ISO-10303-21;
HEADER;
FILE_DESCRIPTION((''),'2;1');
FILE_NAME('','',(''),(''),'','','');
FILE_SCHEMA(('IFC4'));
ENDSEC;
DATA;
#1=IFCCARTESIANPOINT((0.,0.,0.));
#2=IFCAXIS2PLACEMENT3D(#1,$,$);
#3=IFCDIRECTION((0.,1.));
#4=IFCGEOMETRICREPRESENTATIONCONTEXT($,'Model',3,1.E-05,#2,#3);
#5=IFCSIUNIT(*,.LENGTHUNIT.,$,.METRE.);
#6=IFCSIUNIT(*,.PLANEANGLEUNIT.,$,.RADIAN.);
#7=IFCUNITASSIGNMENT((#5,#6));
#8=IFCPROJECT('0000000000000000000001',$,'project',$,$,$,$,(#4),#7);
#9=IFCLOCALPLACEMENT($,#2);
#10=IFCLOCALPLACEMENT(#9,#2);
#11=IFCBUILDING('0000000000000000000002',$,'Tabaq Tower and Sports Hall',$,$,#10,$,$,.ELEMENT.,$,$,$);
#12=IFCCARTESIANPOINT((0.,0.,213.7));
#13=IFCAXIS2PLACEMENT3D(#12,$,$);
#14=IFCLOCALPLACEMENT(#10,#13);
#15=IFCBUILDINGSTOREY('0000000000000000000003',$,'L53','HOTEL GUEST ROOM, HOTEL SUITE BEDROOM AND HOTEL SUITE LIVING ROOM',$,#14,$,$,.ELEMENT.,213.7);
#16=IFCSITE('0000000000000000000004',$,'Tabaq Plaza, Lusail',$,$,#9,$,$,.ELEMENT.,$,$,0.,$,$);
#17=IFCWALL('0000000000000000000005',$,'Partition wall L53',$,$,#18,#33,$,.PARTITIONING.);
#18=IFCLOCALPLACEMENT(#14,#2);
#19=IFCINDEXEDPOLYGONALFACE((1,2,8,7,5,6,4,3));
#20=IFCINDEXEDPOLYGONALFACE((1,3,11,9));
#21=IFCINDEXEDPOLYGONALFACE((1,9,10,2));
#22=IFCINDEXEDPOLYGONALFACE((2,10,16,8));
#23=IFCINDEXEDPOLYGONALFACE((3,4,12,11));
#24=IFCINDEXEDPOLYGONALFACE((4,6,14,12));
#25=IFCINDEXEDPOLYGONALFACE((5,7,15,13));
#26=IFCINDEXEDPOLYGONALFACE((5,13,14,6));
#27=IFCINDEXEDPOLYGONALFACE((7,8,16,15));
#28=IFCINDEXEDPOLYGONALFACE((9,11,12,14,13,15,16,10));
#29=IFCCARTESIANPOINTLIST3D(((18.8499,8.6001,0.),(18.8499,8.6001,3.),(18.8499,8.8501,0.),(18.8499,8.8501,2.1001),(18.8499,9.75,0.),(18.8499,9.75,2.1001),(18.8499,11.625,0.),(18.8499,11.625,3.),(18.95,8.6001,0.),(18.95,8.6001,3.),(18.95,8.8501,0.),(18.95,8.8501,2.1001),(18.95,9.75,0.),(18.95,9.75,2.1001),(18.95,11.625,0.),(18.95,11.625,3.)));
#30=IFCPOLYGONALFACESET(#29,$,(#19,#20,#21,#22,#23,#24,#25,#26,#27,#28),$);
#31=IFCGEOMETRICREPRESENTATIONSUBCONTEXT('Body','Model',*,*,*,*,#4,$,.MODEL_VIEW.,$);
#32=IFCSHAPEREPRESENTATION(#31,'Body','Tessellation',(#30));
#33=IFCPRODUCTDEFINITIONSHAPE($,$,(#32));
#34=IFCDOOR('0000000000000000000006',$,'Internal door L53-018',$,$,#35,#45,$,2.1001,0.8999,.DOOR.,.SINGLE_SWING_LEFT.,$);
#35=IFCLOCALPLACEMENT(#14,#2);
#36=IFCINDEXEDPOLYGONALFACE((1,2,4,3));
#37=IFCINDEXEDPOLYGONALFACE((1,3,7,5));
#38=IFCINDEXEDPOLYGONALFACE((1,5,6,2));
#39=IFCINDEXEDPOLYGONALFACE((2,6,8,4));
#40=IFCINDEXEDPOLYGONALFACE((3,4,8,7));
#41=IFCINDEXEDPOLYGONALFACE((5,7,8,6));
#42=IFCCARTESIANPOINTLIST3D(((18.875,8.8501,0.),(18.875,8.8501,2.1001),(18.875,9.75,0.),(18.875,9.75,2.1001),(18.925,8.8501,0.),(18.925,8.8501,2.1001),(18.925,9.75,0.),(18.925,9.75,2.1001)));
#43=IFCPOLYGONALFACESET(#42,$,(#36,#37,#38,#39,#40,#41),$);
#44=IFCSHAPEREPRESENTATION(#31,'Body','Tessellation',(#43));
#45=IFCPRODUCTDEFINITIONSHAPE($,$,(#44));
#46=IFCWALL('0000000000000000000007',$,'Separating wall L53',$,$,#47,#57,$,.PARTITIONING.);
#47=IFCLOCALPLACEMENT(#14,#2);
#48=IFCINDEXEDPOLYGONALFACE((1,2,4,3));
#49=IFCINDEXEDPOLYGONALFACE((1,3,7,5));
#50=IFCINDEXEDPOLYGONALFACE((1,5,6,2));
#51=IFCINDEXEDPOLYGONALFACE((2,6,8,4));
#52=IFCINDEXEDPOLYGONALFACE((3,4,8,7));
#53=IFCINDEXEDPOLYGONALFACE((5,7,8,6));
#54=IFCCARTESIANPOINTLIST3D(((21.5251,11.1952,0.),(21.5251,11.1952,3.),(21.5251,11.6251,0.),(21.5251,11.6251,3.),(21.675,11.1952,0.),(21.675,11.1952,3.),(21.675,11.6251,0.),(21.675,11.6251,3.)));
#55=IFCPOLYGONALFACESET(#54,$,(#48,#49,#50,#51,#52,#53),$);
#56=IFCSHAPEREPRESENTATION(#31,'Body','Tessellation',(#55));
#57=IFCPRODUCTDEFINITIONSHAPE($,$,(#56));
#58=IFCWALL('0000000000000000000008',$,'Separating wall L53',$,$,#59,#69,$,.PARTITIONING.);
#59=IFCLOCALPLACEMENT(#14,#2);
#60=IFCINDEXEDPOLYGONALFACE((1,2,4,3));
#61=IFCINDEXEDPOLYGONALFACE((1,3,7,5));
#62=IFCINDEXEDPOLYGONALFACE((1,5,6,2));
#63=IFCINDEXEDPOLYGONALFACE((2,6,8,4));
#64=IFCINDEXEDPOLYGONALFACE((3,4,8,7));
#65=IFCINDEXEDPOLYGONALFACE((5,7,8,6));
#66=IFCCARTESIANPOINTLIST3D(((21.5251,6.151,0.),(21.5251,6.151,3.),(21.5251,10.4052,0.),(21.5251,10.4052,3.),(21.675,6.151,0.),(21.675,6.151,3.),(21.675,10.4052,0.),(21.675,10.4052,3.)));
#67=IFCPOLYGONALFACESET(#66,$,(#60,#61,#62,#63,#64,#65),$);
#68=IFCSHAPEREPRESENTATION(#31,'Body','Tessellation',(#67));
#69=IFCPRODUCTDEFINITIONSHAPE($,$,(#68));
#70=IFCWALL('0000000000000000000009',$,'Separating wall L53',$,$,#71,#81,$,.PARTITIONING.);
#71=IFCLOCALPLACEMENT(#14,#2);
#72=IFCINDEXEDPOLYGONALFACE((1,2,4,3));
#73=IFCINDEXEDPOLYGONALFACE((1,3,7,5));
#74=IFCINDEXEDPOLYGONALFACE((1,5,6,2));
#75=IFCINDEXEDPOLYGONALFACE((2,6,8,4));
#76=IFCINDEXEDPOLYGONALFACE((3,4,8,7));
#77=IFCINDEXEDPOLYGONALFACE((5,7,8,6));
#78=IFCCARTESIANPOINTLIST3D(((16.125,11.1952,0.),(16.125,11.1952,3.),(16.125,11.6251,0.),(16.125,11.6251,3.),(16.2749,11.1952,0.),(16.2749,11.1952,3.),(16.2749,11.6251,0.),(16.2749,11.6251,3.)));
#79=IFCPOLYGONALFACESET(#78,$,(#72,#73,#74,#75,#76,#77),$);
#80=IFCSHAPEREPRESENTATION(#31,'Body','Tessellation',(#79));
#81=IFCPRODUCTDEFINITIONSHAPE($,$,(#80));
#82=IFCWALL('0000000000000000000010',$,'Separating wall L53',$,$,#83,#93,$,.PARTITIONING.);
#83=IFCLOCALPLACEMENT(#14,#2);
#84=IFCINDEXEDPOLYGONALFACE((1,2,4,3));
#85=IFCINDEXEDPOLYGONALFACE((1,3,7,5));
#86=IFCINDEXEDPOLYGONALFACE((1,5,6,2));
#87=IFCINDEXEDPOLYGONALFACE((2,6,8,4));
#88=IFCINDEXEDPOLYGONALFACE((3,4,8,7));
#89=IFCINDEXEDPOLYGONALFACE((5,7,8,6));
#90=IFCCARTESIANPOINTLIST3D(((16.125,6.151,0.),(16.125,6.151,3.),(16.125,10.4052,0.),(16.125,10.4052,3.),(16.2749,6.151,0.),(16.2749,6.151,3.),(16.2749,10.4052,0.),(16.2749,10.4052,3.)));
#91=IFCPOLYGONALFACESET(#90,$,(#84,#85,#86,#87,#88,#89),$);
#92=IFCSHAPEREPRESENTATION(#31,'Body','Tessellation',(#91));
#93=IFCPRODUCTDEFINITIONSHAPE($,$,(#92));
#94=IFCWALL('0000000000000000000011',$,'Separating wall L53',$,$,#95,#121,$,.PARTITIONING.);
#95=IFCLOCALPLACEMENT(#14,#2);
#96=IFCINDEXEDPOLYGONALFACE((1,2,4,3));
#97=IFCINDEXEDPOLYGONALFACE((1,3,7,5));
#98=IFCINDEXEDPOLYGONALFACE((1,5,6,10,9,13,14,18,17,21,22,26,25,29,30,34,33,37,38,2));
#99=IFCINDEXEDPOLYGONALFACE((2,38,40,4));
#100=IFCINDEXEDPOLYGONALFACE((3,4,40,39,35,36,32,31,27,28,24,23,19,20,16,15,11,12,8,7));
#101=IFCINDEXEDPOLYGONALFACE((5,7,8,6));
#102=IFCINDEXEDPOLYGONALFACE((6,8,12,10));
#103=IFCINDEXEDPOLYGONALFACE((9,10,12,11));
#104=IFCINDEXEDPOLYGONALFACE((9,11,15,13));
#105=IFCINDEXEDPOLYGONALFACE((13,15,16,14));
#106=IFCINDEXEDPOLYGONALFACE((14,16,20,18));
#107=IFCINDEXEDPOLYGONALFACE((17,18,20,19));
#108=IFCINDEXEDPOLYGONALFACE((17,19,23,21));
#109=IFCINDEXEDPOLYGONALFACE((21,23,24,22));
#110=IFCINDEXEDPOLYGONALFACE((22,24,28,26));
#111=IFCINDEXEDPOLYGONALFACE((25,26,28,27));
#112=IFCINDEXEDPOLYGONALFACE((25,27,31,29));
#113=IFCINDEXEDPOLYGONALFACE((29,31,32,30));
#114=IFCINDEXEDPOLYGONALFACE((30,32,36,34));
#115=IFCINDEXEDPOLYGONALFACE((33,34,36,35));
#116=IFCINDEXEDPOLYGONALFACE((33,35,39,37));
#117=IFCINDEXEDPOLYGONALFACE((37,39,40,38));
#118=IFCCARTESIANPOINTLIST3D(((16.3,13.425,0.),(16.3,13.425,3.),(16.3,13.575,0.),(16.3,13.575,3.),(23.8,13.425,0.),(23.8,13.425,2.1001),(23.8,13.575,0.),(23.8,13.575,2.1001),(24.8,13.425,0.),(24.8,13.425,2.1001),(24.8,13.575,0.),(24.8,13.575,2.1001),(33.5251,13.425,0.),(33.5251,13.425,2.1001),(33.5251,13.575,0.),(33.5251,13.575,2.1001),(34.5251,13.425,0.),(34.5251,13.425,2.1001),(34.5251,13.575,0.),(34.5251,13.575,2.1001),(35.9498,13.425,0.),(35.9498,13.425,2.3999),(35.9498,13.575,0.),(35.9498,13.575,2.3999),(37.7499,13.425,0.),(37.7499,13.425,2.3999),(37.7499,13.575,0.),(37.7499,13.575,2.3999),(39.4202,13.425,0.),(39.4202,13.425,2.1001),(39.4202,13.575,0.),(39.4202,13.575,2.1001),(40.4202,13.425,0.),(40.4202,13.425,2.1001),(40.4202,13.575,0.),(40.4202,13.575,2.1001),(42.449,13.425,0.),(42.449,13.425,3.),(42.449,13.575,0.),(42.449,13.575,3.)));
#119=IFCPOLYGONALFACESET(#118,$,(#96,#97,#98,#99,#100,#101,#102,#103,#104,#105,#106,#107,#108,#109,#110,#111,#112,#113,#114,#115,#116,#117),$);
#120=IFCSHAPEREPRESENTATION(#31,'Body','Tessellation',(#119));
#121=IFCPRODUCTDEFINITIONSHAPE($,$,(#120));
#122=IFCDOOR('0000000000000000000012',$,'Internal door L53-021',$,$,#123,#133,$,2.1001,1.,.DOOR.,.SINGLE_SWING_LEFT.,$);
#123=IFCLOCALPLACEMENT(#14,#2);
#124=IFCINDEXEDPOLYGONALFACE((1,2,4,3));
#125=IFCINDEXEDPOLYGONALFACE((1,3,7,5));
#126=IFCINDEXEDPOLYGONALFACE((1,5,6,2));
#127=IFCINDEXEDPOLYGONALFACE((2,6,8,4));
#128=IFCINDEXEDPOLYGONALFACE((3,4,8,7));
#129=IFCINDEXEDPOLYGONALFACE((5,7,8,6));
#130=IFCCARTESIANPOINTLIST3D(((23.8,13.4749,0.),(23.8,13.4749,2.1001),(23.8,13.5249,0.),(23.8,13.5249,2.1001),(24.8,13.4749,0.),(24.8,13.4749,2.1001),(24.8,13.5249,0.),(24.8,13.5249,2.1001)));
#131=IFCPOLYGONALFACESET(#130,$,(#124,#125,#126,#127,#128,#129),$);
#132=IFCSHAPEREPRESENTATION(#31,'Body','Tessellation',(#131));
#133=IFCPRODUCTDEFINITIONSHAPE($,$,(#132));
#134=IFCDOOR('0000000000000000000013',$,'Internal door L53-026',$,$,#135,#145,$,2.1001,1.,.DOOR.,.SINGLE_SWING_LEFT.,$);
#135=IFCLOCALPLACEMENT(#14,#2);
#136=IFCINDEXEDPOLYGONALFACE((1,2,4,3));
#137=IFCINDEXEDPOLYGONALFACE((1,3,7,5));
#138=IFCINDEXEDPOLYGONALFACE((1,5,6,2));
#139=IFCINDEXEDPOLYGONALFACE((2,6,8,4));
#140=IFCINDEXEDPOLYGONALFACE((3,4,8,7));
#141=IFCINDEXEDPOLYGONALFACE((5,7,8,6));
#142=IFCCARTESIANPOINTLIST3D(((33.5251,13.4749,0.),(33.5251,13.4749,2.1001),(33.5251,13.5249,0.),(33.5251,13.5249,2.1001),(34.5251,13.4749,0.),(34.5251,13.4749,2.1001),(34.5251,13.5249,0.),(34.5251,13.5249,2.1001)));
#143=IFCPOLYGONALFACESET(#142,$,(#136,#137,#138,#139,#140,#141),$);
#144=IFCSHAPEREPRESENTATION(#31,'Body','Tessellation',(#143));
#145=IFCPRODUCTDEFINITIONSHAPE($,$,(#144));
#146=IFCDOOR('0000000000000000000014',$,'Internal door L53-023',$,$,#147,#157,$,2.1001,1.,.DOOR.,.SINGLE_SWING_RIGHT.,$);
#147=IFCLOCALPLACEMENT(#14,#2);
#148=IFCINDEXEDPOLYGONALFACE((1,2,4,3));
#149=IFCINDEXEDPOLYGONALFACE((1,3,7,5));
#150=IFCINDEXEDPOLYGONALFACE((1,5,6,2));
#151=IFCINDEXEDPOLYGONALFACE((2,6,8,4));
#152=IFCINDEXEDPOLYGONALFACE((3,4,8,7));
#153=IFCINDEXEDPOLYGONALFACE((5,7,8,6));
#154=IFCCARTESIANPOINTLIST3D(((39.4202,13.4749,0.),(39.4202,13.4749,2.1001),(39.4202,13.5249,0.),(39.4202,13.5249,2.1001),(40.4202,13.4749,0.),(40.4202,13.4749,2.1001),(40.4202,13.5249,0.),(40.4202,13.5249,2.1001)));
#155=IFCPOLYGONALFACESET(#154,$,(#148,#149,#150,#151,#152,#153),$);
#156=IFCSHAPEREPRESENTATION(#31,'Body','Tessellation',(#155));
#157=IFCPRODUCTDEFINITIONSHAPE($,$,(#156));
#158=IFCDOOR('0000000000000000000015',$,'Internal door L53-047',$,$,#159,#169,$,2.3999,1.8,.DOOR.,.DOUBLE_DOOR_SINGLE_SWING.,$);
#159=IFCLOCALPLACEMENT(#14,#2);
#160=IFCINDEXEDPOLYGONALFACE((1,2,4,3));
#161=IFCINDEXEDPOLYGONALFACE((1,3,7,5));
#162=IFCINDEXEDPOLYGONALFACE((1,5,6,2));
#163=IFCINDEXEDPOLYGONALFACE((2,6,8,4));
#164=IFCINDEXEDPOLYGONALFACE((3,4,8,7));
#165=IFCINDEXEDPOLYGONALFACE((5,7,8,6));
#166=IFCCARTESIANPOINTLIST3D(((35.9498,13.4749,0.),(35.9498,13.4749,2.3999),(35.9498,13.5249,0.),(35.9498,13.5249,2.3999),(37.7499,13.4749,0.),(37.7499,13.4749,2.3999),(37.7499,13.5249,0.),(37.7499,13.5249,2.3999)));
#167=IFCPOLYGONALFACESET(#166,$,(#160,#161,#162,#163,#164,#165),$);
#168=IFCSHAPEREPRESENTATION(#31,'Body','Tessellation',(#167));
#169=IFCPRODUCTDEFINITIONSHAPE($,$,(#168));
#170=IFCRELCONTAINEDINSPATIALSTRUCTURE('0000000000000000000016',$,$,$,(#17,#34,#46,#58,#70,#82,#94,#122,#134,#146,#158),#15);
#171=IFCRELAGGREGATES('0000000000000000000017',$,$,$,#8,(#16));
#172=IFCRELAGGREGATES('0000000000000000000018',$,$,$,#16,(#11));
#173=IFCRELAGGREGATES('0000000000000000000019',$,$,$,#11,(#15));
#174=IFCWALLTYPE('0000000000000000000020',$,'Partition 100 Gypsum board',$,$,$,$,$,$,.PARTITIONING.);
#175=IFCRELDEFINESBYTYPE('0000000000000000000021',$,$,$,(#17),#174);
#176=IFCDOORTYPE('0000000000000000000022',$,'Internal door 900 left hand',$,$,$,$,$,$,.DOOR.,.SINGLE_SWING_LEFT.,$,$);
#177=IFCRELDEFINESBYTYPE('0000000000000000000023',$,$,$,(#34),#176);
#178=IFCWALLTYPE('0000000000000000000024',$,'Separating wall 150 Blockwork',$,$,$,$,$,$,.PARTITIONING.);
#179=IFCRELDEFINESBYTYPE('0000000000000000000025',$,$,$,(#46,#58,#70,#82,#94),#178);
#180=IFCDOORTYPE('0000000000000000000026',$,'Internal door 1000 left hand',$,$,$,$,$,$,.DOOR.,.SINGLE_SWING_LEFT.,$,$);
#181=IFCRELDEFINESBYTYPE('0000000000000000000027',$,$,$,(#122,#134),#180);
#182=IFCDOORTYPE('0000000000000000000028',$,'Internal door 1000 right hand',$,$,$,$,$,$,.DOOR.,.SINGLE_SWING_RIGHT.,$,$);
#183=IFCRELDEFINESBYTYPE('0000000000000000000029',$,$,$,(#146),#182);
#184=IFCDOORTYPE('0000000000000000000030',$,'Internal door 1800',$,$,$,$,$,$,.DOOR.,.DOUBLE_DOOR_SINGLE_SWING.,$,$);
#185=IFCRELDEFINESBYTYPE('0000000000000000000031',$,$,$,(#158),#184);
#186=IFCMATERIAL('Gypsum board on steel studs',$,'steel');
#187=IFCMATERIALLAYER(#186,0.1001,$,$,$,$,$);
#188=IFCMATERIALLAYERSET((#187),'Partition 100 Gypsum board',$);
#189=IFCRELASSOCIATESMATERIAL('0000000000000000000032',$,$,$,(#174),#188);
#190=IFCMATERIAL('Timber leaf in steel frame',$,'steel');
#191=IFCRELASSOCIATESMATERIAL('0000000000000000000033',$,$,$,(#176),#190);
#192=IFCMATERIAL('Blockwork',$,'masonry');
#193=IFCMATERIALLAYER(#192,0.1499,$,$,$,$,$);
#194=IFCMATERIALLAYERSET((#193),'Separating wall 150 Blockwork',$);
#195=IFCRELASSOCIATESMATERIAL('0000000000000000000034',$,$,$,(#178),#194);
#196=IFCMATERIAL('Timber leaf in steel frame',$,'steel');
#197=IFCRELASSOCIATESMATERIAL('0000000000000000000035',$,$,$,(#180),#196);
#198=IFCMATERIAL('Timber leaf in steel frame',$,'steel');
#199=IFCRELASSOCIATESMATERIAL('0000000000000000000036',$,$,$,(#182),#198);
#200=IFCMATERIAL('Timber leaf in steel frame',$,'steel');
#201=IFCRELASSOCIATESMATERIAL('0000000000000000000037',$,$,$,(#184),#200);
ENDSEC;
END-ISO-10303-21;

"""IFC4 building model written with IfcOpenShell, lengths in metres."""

from ifc_helpers import new_model, si_unit, direction, frame, frame_2d, origin, place, context, subcontext, project, spatial, rectangle, extrude, material, layer, layer_set, type_object, element, fill, save


model = new_model("IFC4")

# Units and contexts
model_context = context("Model", 3, precision=1e-05, world=origin(), true_north=direction((0.0, 1.0)))
body_context = subcontext(model_context, "Body", "Model", "MODEL_VIEW")
ifc_project = project(units=[si_unit("LENGTHUNIT", "METRE"), si_unit("PLANEANGLEUNIT", "RADIAN")], contexts=[model_context])

# Site, building, storey
site_placement = place(None, origin())
site = spatial("IfcSite", under=ifc_project, at=site_placement, Name="Tabaq Plaza, Lusail", CompositionType="ELEMENT", RefElevation=0.0)
building_placement = place(site_placement, origin())
building = spatial("IfcBuilding", under=site, at=building_placement, Name="Tabaq Tower and Sports Hall", CompositionType="ELEMENT")
storey_placement = place(building_placement, frame((0.0, 0.0, 213.7)))
storey = spatial("IfcBuildingStorey", under=building, at=storey_placement, Name="L53", Description="HOTEL GUEST ROOM, HOTEL SUITE BEDROOM AND HOTEL SUITE LIVING ROOM", CompositionType="ELEMENT", Elevation=213.7)

# Shared definitions
ifc_material_1 = material(Name="Gypsum board on steel studs", Category="steel")
ifc_layer_1 = layer(ifc_material_1, 0.1001)
ifc_layer_set_1 = layer_set([ifc_layer_1], Name="Partition 100 Gypsum board")
wall_type_1 = type_object("IfcWallType", Name="Partition 100 Gypsum board", PredefinedType="PARTITIONING", material=ifc_layer_set_1)

# Wall, opening, door
wall_1_placement = place(storey_placement, frame((18.8999, 8.6001, 0.0), z_axis=(0.0, 0.0, 1.0), x_axis=(0.0, 1.0, 0.0)))
wall_1 = element("IfcWall", 1, at=wall_1_placement, inside=storey, type_object=wall_type_1, Name="Partition wall L53", PredefinedType="PARTITIONING", context=body_context, shape_type="SweptSolid", body=[
    extrude(rectangle(XDim=3.0249, YDim=0.1001, at=frame_2d((1.5125, 0.0))), origin(), (0.0, 0.0, 1.0), 3.0),
])
opening_1_placement = place(wall_1_placement, frame((0.25, 0.0, 0.0)))
opening_1 = element("IfcOpeningElement", 2, at=opening_1_placement, cuts=wall_1, PredefinedType="OPENING", context=body_context, shape_type="SweptSolid", body=[
    extrude(rectangle(XDim=0.8999, YDim=2.1001, at=frame_2d((0.45, 1.05))), frame((0.0, 0.05, 0.0), z_axis=(0.0, -1.0, 0.0), x_axis=(1.0, 0.0, 0.0)), (0.0, 0.0, 1.0), 0.1001),
])
ifc_material_2 = material(Name="Timber leaf in steel frame", Category="steel")
door_type_1 = type_object("IfcDoorType", Name="Internal door 900 left hand", OperationType="SINGLE_SWING_LEFT", PredefinedType="DOOR", material=ifc_material_2)
door_1_placement = place(opening_1_placement, origin())
door_1 = element("IfcDoor", 3, at=door_1_placement, inside=storey, type_object=door_type_1, Name="Internal door L53-018", OperationType="SINGLE_SWING_LEFT", OverallHeight=2.1001, OverallWidth=0.8999, PredefinedType="DOOR", context=body_context, shape_type="SweptSolid", body=[
    extrude(rectangle(XDim=0.8999, YDim=2.1001, at=frame_2d((0.45, 1.05))), frame((0.0, 0.0249, 0.0), z_axis=(0.0, -1.0, 0.0), x_axis=(1.0, 0.0, 0.0)), (0.0, 0.0, 1.0), 0.05),
])
fill(opening_1, door_1)

# Walls
ifc_material_3 = material(Name="Blockwork", Category="masonry")
ifc_layer_2 = layer(ifc_material_3, 0.1499)
ifc_layer_set_2 = layer_set([ifc_layer_2], Name="Separating wall 150 Blockwork")
wall_type_2 = type_object("IfcWallType", Name="Separating wall 150 Blockwork", PredefinedType="PARTITIONING", material=ifc_layer_set_2)
wall_2_placement = place(storey_placement, frame((21.6001, 11.625, 0.0), z_axis=(0.0, 0.0, 1.0), x_axis=(0.0, -1.0, 0.0)))
element("IfcWall", 4, at=wall_2_placement, inside=storey, type_object=wall_type_2, Name="Separating wall L53", PredefinedType="PARTITIONING", context=body_context, shape_type="SweptSolid", body=[
    extrude(rectangle(XDim=0.4299, YDim=0.1499, at=frame_2d((0.2148, 0.0))), origin(), (0.0, 0.0, 1.0), 3.0),
])
wall_3_placement = place(storey_placement, frame((21.6001, 10.405, 0.0), z_axis=(0.0, 0.0, 1.0), x_axis=(0.0, -1.0, 0.0)))
element("IfcWall", 5, at=wall_3_placement, inside=storey, type_object=wall_type_2, Name="Separating wall L53", PredefinedType="PARTITIONING", context=body_context, shape_type="SweptSolid", body=[
    extrude(rectangle(XDim=4.2542, YDim=0.1499, at=frame_2d((2.127, 0.0))), origin(), (0.0, 0.0, 1.0), 3.0),
])
wall_4_placement = place(storey_placement, frame((16.2, 11.625, 0.0), z_axis=(0.0, 0.0, 1.0), x_axis=(0.0, -1.0, 0.0)))
element("IfcWall", 6, at=wall_4_placement, inside=storey, type_object=wall_type_2, Name="Separating wall L53", PredefinedType="PARTITIONING", context=body_context, shape_type="SweptSolid", body=[
    extrude(rectangle(XDim=0.4299, YDim=0.1499, at=frame_2d((0.2148, 0.0))), origin(), (0.0, 0.0, 1.0), 3.0),
])
wall_5_placement = place(storey_placement, frame((16.2, 10.405, 0.0), z_axis=(0.0, 0.0, 1.0), x_axis=(0.0, -1.0, 0.0)))
element("IfcWall", 7, at=wall_5_placement, inside=storey, type_object=wall_type_2, Name="Separating wall L53", PredefinedType="PARTITIONING", context=body_context, shape_type="SweptSolid", body=[
    extrude(rectangle(XDim=4.2542, YDim=0.1499, at=frame_2d((2.127, 0.0))), origin(), (0.0, 0.0, 1.0), 3.0),
])

# Wall, openings, doors
wall_6_placement = place(storey_placement, frame((16.3, 13.5, 0.0), z_axis=(0.0, 0.0, 1.0), x_axis=(1.0, 0.0, 0.0)))
wall_6 = element("IfcWall", 8, at=wall_6_placement, inside=storey, type_object=wall_type_2, Name="Separating wall L53", PredefinedType="PARTITIONING", context=body_context, shape_type="SweptSolid", body=[
    extrude(rectangle(XDim=26.1489, YDim=0.1499, at=frame_2d((13.0745, 0.0))), origin(), (0.0, 0.0, 1.0), 3.0),
])
opening_2_placement = place(wall_6_placement, frame((7.5, 0.0, 0.0)))
opening_2 = element("IfcOpeningElement", 9, at=opening_2_placement, cuts=wall_6, PredefinedType="OPENING", context=body_context, shape_type="SweptSolid", body=[
    extrude(rectangle(XDim=1.0, YDim=2.1001, at=frame_2d((0.5, 1.05))), frame((0.0, 0.075, 0.0), z_axis=(0.0, -1.0, 0.0), x_axis=(1.0, 0.0, 0.0)), (0.0, 0.0, 1.0), 0.1499),
])
opening_3_placement = place(wall_6_placement, frame((23.1201, 0.0, 0.0)))
opening_3 = element("IfcOpeningElement", 10, at=opening_3_placement, cuts=wall_6, PredefinedType="OPENING", context=body_context, shape_type="SweptSolid", body=[
    extrude(rectangle(XDim=1.0, YDim=2.1001, at=frame_2d((0.5, 1.05))), frame((0.0, 0.075, 0.0), z_axis=(0.0, -1.0, 0.0), x_axis=(1.0, 0.0, 0.0)), (0.0, 0.0, 1.0), 0.1499),
])
opening_4_placement = place(wall_6_placement, frame((17.2251, 0.0, 0.0)))
opening_4 = element("IfcOpeningElement", 11, at=opening_4_placement, cuts=wall_6, PredefinedType="OPENING", context=body_context, shape_type="SweptSolid", body=[
    extrude(rectangle(XDim=1.0, YDim=2.1001, at=frame_2d((0.5, 1.05))), frame((0.0, 0.075, 0.0), z_axis=(0.0, -1.0, 0.0), x_axis=(1.0, 0.0, 0.0)), (0.0, 0.0, 1.0), 0.1499),
])
opening_5_placement = place(wall_6_placement, frame((19.6499, 0.0, 0.0)))
opening_5 = element("IfcOpeningElement", 12, at=opening_5_placement, cuts=wall_6, PredefinedType="OPENING", context=body_context, shape_type="SweptSolid", body=[
    extrude(rectangle(XDim=1.8, YDim=2.3999, at=frame_2d((0.8999, 1.2))), frame((0.0, 0.075, 0.0), z_axis=(0.0, -1.0, 0.0), x_axis=(1.0, 0.0, 0.0)), (0.0, 0.0, 1.0), 0.1499),
])
ifc_material_4 = material(Name="Timber leaf in steel frame", Category="steel")
door_type_2 = type_object("IfcDoorType", Name="Internal door 1000 left hand", OperationType="SINGLE_SWING_LEFT", PredefinedType="DOOR", material=ifc_material_4)
door_2_placement = place(opening_2_placement, origin())
door_2 = element("IfcDoor", 13, at=door_2_placement, inside=storey, type_object=door_type_2, Name="Internal door L53-021", OperationType="SINGLE_SWING_LEFT", OverallHeight=2.1001, OverallWidth=1.0, PredefinedType="DOOR", context=body_context, shape_type="SweptSolid", body=[
    extrude(rectangle(XDim=1.0, YDim=2.1001, at=frame_2d((0.5, 1.05))), frame((0.0, 0.0249, 0.0), z_axis=(0.0, -1.0, 0.0), x_axis=(1.0, 0.0, 0.0)), (0.0, 0.0, 1.0), 0.05),
])
fill(opening_2, door_2)
door_3_placement = place(opening_4_placement, origin())
door_3 = element("IfcDoor", 14, at=door_3_placement, inside=storey, type_object=door_type_2, Name="Internal door L53-026", OperationType="SINGLE_SWING_LEFT", OverallHeight=2.1001, OverallWidth=1.0, PredefinedType="DOOR", context=body_context, shape_type="SweptSolid", body=[
    extrude(rectangle(XDim=1.0, YDim=2.1001, at=frame_2d((0.5, 1.05))), frame((0.0, 0.0249, 0.0), z_axis=(0.0, -1.0, 0.0), x_axis=(1.0, 0.0, 0.0)), (0.0, 0.0, 1.0), 0.05),
])
fill(opening_4, door_3)
ifc_material_5 = material(Name="Timber leaf in steel frame", Category="steel")
door_type_3 = type_object("IfcDoorType", Name="Internal door 1000 right hand", OperationType="SINGLE_SWING_RIGHT", PredefinedType="DOOR", material=ifc_material_5)
door_4_placement = place(opening_3_placement, origin())
door_4 = element("IfcDoor", 15, at=door_4_placement, inside=storey, type_object=door_type_3, Name="Internal door L53-023", OperationType="SINGLE_SWING_RIGHT", OverallHeight=2.1001, OverallWidth=1.0, PredefinedType="DOOR", context=body_context, shape_type="SweptSolid", body=[
    extrude(rectangle(XDim=1.0, YDim=2.1001, at=frame_2d((0.5, 1.05))), frame((0.0, 0.0249, 0.0), z_axis=(0.0, -1.0, 0.0), x_axis=(1.0, 0.0, 0.0)), (0.0, 0.0, 1.0), 0.05),
])
fill(opening_3, door_4)
ifc_material_6 = material(Name="Timber leaf in steel frame", Category="steel")
door_type_4 = type_object("IfcDoorType", Name="Internal door 1800", OperationType="DOUBLE_DOOR_SINGLE_SWING", PredefinedType="DOOR", material=ifc_material_6)
door_5_placement = place(opening_5_placement, origin())
door_5 = element("IfcDoor", 16, at=door_5_placement, inside=storey, type_object=door_type_4, Name="Internal door L53-047", OperationType="DOUBLE_DOOR_SINGLE_SWING", OverallHeight=2.3999, OverallWidth=1.8, PredefinedType="DOOR", context=body_context, shape_type="SweptSolid", body=[
    extrude(rectangle(XDim=1.8, YDim=2.3999, at=frame_2d((0.8999, 1.2))), frame((0.0, 0.0249, 0.0), z_axis=(0.0, -1.0, 0.0), x_axis=(1.0, 0.0, 0.0)), (0.0, 0.0, 1.0), 0.05),
])
fill(opening_5, door_5)

save(model, "model.ifc")
